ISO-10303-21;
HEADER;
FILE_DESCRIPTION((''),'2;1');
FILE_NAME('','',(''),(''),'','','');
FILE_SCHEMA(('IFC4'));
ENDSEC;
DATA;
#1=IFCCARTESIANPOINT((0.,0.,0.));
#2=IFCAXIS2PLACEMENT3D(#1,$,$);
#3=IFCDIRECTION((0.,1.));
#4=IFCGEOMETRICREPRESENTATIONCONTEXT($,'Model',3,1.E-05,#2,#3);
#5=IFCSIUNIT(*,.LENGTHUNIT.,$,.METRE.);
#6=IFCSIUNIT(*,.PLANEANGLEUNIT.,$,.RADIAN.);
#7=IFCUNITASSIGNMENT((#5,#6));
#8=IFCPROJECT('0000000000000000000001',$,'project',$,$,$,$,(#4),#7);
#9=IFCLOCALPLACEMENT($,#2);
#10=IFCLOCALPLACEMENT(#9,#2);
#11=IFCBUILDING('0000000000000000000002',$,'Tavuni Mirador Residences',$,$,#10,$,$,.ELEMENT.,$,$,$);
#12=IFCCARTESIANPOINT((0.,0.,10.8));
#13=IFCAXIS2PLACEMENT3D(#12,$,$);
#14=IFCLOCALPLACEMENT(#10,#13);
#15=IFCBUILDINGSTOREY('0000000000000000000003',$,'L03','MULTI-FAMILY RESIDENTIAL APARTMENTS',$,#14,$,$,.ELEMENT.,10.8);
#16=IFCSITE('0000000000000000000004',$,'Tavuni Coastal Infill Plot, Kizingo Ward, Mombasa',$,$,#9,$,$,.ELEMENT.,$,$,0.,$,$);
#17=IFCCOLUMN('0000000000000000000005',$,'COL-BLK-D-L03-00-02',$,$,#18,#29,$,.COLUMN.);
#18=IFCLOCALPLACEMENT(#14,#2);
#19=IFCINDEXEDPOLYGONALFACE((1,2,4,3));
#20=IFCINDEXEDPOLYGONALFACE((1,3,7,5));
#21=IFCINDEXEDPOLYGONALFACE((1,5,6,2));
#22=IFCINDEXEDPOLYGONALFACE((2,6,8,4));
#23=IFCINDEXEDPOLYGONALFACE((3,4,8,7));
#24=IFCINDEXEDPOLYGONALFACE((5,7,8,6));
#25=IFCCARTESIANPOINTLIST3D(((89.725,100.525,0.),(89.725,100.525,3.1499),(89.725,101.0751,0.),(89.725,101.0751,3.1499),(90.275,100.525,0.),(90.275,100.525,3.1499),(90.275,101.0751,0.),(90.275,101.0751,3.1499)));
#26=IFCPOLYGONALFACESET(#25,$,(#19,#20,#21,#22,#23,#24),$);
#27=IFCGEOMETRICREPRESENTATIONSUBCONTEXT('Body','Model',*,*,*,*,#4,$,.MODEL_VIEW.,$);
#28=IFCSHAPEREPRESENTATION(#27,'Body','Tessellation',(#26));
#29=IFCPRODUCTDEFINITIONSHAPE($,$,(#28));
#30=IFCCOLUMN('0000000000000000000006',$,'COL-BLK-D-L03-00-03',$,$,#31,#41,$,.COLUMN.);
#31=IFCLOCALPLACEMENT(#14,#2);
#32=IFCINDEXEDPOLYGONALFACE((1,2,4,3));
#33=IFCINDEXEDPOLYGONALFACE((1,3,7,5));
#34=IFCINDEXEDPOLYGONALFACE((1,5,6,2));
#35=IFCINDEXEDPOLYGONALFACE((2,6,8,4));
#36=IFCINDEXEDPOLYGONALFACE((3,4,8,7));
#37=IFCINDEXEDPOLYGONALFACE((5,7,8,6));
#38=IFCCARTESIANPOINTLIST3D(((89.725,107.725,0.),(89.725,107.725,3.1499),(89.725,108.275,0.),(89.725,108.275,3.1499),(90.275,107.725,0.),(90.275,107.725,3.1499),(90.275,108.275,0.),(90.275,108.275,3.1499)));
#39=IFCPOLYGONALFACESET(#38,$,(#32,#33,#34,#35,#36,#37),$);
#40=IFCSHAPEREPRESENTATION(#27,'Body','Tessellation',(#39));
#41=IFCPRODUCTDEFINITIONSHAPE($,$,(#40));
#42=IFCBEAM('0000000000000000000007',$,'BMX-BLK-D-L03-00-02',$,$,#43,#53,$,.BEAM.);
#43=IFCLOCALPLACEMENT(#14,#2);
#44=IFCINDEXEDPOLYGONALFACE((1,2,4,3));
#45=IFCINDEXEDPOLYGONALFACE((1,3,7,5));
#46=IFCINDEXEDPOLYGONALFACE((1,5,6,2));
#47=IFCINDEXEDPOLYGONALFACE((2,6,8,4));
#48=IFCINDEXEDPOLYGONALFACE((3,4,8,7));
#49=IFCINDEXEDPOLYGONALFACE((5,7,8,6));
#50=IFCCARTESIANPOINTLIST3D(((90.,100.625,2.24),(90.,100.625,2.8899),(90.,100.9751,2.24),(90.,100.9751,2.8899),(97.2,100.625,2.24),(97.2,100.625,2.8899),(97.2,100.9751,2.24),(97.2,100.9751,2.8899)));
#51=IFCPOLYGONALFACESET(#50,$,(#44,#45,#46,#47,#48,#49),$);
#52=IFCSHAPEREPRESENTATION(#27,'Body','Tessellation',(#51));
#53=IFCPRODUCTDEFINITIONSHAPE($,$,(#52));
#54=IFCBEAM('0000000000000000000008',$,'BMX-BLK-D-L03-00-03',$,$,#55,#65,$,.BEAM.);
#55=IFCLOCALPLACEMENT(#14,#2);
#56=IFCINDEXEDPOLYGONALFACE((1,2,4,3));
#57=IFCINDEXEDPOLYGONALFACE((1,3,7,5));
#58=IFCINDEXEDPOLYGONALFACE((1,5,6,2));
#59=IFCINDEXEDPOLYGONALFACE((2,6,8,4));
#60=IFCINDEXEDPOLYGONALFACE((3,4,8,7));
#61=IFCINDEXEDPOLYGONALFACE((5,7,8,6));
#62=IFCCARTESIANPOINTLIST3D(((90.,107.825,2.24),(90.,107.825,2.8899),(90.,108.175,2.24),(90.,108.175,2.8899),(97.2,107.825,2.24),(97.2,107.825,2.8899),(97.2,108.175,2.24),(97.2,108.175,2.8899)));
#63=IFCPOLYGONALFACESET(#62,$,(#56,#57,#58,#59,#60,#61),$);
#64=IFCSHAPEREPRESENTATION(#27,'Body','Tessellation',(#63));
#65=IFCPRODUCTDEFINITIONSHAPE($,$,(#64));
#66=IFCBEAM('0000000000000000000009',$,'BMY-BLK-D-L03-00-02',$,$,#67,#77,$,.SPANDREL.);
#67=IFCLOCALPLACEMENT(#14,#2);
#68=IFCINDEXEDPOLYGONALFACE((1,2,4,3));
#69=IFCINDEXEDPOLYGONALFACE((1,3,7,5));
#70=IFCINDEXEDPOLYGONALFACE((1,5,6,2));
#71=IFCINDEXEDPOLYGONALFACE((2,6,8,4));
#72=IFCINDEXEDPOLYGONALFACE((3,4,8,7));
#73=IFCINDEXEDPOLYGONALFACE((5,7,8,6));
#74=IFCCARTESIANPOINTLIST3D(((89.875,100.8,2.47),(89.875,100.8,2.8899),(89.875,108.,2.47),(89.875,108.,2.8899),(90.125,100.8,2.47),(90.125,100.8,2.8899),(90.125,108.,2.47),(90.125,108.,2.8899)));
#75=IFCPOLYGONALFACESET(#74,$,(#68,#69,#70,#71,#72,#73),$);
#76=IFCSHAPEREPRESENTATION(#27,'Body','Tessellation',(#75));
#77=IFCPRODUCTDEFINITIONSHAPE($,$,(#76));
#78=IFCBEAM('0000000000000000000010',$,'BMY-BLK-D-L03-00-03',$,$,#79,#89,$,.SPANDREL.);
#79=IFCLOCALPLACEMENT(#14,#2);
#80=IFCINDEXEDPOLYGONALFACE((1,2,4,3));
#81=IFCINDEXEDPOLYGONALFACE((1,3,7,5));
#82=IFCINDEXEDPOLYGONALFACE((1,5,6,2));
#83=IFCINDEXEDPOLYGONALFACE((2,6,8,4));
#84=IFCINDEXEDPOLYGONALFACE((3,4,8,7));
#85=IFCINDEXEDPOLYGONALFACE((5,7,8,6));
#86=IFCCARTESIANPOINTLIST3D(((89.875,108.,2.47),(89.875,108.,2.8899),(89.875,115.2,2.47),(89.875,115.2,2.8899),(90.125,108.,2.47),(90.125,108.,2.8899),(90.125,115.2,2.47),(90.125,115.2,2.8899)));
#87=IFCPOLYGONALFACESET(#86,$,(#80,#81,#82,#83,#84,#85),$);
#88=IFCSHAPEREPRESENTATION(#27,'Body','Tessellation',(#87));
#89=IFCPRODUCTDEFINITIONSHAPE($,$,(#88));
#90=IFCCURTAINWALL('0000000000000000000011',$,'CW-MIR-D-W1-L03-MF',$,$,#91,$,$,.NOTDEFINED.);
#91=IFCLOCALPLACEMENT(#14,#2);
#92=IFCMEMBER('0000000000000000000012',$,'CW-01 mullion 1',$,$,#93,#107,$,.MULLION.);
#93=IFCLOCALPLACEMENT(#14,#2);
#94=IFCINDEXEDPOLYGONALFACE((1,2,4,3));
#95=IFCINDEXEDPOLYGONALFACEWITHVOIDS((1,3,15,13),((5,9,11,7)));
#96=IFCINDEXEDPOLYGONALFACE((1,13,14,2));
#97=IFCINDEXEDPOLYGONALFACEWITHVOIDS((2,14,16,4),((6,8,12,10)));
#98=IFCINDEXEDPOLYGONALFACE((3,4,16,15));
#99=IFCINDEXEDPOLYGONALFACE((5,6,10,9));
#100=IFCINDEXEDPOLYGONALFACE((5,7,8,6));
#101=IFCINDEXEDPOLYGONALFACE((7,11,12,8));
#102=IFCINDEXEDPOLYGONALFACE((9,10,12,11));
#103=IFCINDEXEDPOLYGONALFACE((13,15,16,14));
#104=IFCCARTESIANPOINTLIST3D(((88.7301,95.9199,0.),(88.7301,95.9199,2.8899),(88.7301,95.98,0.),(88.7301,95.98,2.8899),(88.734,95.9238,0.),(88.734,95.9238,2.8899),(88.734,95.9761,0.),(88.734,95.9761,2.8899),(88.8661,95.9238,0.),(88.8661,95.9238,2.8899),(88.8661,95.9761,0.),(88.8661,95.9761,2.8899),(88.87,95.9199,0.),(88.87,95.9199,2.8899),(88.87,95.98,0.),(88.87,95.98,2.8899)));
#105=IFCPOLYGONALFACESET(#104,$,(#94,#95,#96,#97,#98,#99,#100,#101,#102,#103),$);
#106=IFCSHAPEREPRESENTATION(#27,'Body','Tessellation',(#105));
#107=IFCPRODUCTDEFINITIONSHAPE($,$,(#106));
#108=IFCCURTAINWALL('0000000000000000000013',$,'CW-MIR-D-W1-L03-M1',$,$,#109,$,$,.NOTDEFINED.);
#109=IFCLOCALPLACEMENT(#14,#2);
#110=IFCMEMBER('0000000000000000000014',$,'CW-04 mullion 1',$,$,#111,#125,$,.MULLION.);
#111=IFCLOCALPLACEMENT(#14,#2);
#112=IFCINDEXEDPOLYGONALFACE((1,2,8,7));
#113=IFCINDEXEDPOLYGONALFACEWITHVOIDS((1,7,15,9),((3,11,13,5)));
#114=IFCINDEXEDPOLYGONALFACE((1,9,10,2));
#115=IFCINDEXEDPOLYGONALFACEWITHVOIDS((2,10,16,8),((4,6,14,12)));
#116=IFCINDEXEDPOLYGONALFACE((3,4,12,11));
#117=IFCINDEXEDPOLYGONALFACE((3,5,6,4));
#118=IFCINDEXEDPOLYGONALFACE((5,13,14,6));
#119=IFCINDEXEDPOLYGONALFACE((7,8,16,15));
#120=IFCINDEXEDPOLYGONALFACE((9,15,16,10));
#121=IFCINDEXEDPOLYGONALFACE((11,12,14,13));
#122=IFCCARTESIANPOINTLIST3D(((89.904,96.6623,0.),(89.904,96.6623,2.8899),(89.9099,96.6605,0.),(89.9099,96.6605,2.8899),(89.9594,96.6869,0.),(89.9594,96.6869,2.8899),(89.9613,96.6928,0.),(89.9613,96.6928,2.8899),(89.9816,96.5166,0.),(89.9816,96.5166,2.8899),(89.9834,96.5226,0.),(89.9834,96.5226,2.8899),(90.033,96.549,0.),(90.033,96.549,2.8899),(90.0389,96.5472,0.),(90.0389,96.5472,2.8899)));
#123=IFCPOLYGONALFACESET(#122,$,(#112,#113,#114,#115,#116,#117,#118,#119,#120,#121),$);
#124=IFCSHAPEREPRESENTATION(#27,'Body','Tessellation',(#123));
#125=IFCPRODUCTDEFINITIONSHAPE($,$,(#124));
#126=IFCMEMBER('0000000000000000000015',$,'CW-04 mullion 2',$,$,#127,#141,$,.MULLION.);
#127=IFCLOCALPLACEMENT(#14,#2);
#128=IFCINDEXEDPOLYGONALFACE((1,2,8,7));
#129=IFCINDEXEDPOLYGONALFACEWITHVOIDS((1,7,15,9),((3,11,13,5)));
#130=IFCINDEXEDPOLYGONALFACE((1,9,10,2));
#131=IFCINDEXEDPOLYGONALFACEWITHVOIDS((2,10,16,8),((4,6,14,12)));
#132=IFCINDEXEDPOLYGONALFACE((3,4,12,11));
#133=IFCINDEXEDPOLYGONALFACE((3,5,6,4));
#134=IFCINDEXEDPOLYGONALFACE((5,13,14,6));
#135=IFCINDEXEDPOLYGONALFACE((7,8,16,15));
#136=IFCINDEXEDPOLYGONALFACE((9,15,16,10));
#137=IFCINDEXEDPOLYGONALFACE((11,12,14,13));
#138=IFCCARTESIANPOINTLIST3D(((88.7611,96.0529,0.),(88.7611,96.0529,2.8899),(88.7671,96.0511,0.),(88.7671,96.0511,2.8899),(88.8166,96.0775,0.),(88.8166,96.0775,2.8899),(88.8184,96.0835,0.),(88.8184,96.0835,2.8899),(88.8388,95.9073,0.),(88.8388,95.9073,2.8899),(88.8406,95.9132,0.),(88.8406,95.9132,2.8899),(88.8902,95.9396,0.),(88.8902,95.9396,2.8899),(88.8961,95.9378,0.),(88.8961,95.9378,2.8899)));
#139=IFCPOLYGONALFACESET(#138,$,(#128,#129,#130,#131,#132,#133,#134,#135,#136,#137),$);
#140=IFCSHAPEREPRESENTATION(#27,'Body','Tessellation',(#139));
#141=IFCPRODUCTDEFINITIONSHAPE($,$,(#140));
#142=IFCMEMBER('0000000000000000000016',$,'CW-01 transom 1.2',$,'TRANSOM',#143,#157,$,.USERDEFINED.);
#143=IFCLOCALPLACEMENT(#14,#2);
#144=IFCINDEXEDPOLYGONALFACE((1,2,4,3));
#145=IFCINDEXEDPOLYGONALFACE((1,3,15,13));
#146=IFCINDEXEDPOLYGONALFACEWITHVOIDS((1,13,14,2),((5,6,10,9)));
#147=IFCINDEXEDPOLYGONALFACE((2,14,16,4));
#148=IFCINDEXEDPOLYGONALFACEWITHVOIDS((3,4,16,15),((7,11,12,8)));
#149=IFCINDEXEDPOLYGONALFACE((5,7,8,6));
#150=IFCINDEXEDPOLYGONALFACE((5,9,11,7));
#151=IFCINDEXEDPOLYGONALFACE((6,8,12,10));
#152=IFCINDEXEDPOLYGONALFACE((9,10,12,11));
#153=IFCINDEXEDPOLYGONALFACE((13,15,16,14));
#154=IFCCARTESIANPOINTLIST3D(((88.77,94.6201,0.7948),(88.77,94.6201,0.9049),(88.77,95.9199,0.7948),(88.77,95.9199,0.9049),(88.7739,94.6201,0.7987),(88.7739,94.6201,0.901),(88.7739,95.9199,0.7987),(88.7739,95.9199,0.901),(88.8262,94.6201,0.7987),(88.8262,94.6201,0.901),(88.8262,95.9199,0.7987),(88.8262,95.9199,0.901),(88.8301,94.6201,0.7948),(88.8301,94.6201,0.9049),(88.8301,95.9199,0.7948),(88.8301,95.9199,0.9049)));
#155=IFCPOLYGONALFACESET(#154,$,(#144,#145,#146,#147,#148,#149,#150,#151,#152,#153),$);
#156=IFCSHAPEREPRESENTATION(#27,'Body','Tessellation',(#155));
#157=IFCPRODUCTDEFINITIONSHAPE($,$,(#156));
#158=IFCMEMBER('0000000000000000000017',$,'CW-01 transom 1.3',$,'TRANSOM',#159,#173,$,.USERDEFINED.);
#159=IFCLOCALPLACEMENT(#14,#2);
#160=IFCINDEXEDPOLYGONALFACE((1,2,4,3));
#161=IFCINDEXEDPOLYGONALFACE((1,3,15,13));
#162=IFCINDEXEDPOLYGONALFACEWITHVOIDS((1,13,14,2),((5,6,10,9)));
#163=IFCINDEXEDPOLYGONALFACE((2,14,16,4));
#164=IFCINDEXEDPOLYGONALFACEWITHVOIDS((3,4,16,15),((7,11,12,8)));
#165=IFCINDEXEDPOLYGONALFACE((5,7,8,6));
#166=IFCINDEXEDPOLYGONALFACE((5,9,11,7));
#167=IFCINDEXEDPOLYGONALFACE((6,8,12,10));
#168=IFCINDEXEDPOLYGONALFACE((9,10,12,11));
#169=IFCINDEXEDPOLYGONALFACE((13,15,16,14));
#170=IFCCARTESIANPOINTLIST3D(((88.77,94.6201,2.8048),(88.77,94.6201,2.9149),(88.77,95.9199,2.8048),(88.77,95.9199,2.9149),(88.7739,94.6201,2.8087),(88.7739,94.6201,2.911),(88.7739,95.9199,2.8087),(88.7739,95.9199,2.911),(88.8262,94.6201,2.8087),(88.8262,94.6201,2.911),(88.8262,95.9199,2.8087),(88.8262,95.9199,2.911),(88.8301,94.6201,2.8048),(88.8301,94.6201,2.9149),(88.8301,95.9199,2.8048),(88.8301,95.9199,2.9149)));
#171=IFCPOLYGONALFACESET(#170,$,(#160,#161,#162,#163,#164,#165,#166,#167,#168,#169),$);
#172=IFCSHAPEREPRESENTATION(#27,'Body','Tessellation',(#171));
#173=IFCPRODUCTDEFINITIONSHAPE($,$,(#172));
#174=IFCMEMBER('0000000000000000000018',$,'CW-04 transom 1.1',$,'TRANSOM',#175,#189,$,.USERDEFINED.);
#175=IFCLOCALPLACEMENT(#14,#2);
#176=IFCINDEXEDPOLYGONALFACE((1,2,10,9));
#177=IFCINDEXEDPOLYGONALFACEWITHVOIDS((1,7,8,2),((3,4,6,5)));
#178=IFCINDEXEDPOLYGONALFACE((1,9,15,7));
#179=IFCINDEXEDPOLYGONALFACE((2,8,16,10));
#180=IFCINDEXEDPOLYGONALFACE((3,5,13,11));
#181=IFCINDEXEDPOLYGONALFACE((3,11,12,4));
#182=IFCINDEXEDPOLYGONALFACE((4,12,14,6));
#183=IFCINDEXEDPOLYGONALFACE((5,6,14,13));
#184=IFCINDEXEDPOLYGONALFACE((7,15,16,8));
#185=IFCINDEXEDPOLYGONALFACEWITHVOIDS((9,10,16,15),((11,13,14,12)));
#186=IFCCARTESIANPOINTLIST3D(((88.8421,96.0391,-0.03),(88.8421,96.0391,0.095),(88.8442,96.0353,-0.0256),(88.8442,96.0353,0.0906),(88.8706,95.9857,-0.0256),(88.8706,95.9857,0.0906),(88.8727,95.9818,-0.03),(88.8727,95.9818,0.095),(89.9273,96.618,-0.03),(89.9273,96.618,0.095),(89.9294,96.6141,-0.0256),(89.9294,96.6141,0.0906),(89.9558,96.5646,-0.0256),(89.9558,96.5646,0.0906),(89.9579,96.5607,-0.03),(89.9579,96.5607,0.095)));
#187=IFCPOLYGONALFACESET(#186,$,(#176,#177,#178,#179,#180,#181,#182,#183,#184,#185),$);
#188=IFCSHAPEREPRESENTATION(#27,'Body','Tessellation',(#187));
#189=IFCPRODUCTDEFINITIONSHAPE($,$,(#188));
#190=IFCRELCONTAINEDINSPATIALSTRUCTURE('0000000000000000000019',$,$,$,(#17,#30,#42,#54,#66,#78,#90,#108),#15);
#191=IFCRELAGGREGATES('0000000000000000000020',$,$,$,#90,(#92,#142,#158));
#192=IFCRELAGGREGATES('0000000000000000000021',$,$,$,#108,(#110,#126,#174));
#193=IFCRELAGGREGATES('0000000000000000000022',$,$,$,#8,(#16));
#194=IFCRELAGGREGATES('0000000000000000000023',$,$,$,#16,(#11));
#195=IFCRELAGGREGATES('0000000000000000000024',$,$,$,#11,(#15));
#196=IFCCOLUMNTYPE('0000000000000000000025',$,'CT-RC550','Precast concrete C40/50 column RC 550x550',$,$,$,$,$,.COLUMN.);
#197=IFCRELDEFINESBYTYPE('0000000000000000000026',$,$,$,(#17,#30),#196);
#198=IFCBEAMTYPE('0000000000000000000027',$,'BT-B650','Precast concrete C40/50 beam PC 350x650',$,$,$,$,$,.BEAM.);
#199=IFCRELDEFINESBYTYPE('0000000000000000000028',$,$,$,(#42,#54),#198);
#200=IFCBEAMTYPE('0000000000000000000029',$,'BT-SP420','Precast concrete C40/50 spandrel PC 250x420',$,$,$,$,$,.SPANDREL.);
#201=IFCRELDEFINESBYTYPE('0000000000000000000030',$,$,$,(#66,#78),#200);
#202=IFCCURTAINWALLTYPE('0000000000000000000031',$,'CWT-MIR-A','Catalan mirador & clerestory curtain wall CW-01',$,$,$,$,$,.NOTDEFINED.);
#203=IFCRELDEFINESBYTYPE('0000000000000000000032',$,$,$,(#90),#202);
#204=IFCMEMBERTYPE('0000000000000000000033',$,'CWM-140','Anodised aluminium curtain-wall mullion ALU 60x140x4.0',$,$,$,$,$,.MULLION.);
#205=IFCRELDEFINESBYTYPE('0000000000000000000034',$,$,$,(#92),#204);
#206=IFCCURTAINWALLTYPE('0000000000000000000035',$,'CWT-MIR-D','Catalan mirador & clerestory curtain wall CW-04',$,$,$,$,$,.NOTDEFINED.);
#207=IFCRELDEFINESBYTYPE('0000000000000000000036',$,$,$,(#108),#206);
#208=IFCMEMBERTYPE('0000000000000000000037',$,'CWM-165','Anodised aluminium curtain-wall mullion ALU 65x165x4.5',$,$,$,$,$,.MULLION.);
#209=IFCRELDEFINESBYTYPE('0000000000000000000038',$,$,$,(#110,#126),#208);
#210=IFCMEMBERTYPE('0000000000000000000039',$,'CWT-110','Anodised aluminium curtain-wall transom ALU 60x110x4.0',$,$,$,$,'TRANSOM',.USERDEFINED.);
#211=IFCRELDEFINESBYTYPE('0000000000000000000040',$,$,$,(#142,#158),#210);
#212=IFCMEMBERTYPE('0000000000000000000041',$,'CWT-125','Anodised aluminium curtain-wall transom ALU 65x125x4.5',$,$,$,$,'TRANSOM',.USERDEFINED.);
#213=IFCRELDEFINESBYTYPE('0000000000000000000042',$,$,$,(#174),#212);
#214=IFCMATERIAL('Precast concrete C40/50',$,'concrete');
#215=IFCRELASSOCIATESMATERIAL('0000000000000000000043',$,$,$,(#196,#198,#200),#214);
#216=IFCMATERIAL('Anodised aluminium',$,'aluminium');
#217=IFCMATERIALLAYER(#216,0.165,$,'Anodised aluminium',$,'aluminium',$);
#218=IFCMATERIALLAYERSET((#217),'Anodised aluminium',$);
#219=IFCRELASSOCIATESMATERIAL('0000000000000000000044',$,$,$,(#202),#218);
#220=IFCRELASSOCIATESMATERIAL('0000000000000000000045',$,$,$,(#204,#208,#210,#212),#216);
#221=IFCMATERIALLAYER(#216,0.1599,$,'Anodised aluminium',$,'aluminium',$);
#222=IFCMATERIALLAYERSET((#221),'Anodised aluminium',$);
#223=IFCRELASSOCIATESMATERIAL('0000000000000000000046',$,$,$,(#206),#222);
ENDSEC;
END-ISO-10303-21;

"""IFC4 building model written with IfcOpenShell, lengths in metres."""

from ifc_helpers import new_model, si_unit, direction, frame, origin, origin_2d, place, context, subcontext, project, spatial, rectangle, hollow_rectangle, extrude, material, layer, layer_set, material_profile, profile_set, type_object, element, aggregate, save


model = new_model("IFC4")

# Units and contexts
model_context = context("Model", 3, precision=1e-05, world=origin(), true_north=direction((0.0, 1.0)))
body_context = subcontext(model_context, "Body", "Model", "MODEL_VIEW")
ifc_project = project(units=[si_unit("LENGTHUNIT", "METRE"), si_unit("PLANEANGLEUNIT", "RADIAN")], contexts=[model_context])

# Site, building, storey
site_placement = place(None, origin())
site = spatial("IfcSite", under=ifc_project, at=site_placement, Name="Tavuni Coastal Infill Plot, Kizingo Ward, Mombasa", CompositionType="ELEMENT", RefElevation=0.0)
building_placement = place(site_placement, origin())
building = spatial("IfcBuilding", under=site, at=building_placement, Name="Tavuni Mirador Residences", CompositionType="ELEMENT")
storey_placement = place(building_placement, frame((0.0, 0.0, 10.8)))
storey = spatial("IfcBuildingStorey", under=building, at=storey_placement, Name="L03", Description="MULTI-FAMILY RESIDENTIAL APARTMENTS", CompositionType="ELEMENT", Elevation=10.8)

# Columns
ifc_material_1 = material(Name="Precast concrete C40/50", Category="concrete")
ifc_material_profile_1 = material_profile(ifc_material_1, rectangle(XDim=0.55, YDim=0.55, at=origin_2d()), Name="RC 550x550", Category="concrete")
ifc_profile_set_1 = profile_set([ifc_material_profile_1], Name="Precast concrete C40/50")
column_type = type_object("IfcColumnType", Name="CT-RC550", Description="Precast concrete C40/50 column RC 550x550", PredefinedType="COLUMN", material=ifc_profile_set_1)
for number, where, z_axis, x_axis, name in (
    (1, (90.0, 100.8, 0.0), (0.0, 0.0, 1.0), (1.0, 0.0, 0.0), "COL-BLK-D-L03-00-02"),
    (2, (90.0, 108.0, 0.0), (0.0, 0.0, 1.0), (1.0, 0.0, 0.0), "COL-BLK-D-L03-00-03"),
):
    element("IfcColumn", number, at=place(storey_placement, frame(where, z_axis=z_axis, x_axis=x_axis)), inside=storey, type_object=column_type, Name=name, PredefinedType="COLUMN", context=body_context, shape_type="SweptSolid", body=[
        extrude(rectangle(XDim=0.55, YDim=0.55, at=origin_2d()), origin(), (0.0, 0.0, 1.0), 3.1499),
    ])

# Beams
ifc_material_profile_2 = material_profile(ifc_material_1, rectangle(XDim=0.3501, YDim=0.6499, at=origin_2d()), Name="PC 350x650", Category="concrete")
ifc_profile_set_2 = profile_set([ifc_material_profile_2], Name="Precast concrete C40/50")
beam_type_1 = type_object("IfcBeamType", Name="BT-B650", Description="Precast concrete C40/50 beam PC 350x650", PredefinedType="BEAM", material=ifc_profile_set_2)
for number, where, z_axis, x_axis, name in (
    (3, (90.0, 100.8, 2.5649), (1.0, 0.0, 0.0), (0.0, 1.0, 0.0), "BMX-BLK-D-L03-00-02"),
    (4, (90.0, 108.0, 2.5649), (1.0, 0.0, 0.0), (0.0, 1.0, 0.0), "BMX-BLK-D-L03-00-03"),
):
    element("IfcBeam", number, at=place(storey_placement, frame(where, z_axis=z_axis, x_axis=x_axis)), inside=storey, type_object=beam_type_1, Name=name, PredefinedType="BEAM", context=body_context, shape_type="SweptSolid", body=[
        extrude(rectangle(XDim=0.3501, YDim=0.6499, at=origin_2d()), origin(), (0.0, 0.0, 1.0), 7.2),
    ])
ifc_material_profile_3 = material_profile(ifc_material_1, rectangle(XDim=0.25, YDim=0.4199, at=origin_2d()), Name="PC 250x420", Category="concrete")
ifc_profile_set_3 = profile_set([ifc_material_profile_3], Name="Precast concrete C40/50")
beam_type_2 = type_object("IfcBeamType", Name="BT-SP420", Description="Precast concrete C40/50 spandrel PC 250x420", PredefinedType="SPANDREL", material=ifc_profile_set_3)
for number, where, z_axis, x_axis, name in (
    (5, (90.0, 100.8, 2.6799), (0.0, 1.0, 0.0), (-1.0, 0.0, 0.0), "BMY-BLK-D-L03-00-02"),
    (6, (90.0, 108.0, 2.6799), (0.0, 1.0, 0.0), (-1.0, 0.0, 0.0), "BMY-BLK-D-L03-00-03"),
):
    element("IfcBeam", number, at=place(storey_placement, frame(where, z_axis=z_axis, x_axis=x_axis)), inside=storey, type_object=beam_type_2, Name=name, PredefinedType="SPANDREL", context=body_context, shape_type="SweptSolid", body=[
        extrude(rectangle(XDim=0.25, YDim=0.4199, at=origin_2d()), origin(), (0.0, 0.0, 1.0), 7.2),
    ])

# Curtain wall, member
ifc_material_2 = material(Name="Anodised aluminium", Category="aluminium")
ifc_layer_1 = layer(ifc_material_2, 0.165, Name="Anodised aluminium", Category="aluminium")
ifc_layer_set_1 = layer_set([ifc_layer_1], Name="Anodised aluminium")
curtain_wall_type_1 = type_object("IfcCurtainWallType", Name="CWT-MIR-A", Description="Catalan mirador & clerestory curtain wall CW-01", PredefinedType="NOTDEFINED", material=ifc_layer_set_1)
curtain_wall_1_placement = place(storey_placement, origin())
curtain_wall_1 = element("IfcCurtainWall", 7, at=curtain_wall_1_placement, inside=storey, type_object=curtain_wall_type_1, Name="CW-MIR-D-W1-L03-MF", PredefinedType="NOTDEFINED")
ifc_material_profile_4 = material_profile(ifc_material_2, hollow_rectangle(XDim=0.0601, YDim=0.1399, WallThickness=0.0039, at=origin_2d()), Name="ALU 60x140x4.0", Category="aluminium")
ifc_profile_set_4 = profile_set([ifc_material_profile_4], Name="Anodised aluminium")
member_type_1 = type_object("IfcMemberType", Name="CWM-140", Description="Anodised aluminium curtain-wall mullion ALU 60x140x4.0", PredefinedType="MULLION", material=ifc_profile_set_4)
member_1_placement = place(storey_placement, frame((88.8, 95.95, 0.0), z_axis=(0.0, 0.0, 1.0), x_axis=(0.0, -1.0, 0.0)))
member_1 = element("IfcMember", 8, at=member_1_placement, type_object=member_type_1, Name="CW-01 mullion 1", PredefinedType="MULLION", context=body_context, shape_type="SweptSolid", body=[
    extrude(hollow_rectangle(XDim=0.0601, YDim=0.1399, WallThickness=0.0039, at=origin_2d()), origin(), (0.0, 0.0, 1.0), 2.8899),
])

# Curtain wall, members
ifc_layer_2 = layer(ifc_material_2, 0.1599, Name="Anodised aluminium", Category="aluminium")
ifc_layer_set_2 = layer_set([ifc_layer_2], Name="Anodised aluminium")
curtain_wall_type_2 = type_object("IfcCurtainWallType", Name="CWT-MIR-D", Description="Catalan mirador & clerestory curtain wall CW-04", PredefinedType="NOTDEFINED", material=ifc_layer_set_2)
curtain_wall_2_placement = place(storey_placement, origin())
curtain_wall_2 = element("IfcCurtainWall", 9, at=curtain_wall_2_placement, inside=storey, type_object=curtain_wall_type_2, Name="CW-MIR-D-W1-L03-M1", PredefinedType="NOTDEFINED")
ifc_material_profile_5 = material_profile(ifc_material_2, hollow_rectangle(XDim=0.0649, YDim=0.165, WallThickness=0.0044, at=origin_2d()), Name="ALU 65x165x4.5", Category="aluminium")
ifc_profile_set_5 = profile_set([ifc_material_profile_5], Name="Anodised aluminium")
member_type_2 = type_object("IfcMemberType", Name="CWM-165", Description="Anodised aluminium curtain-wall mullion ALU 65x165x4.5", PredefinedType="MULLION", material=ifc_profile_set_5)
member_2_placement = place(storey_placement, frame((89.9714, 96.6047, 0.0), z_axis=(0.0, 0.0, 1.0), x_axis=(-0.882353, -0.470588, 0.0)))
member_2 = element("IfcMember", 10, at=member_2_placement, type_object=member_type_2, Name="CW-04 mullion 1", PredefinedType="MULLION", context=body_context, shape_type="SweptSolid", body=[
    extrude(hollow_rectangle(XDim=0.0649, YDim=0.165, WallThickness=0.0044, at=origin_2d()), origin(), (0.0, 0.0, 1.0), 2.8899),
])
member_3_placement = place(storey_placement, frame((88.8286, 95.9954, 0.0), z_axis=(0.0, 0.0, 1.0), x_axis=(-0.882353, -0.470588, 0.0)))
member_3 = element("IfcMember", 11, at=member_3_placement, type_object=member_type_2, Name="CW-04 mullion 2", PredefinedType="MULLION", context=body_context, shape_type="SweptSolid", body=[
    extrude(hollow_rectangle(XDim=0.0649, YDim=0.165, WallThickness=0.0044, at=origin_2d()), origin(), (0.0, 0.0, 1.0), 2.8899),
])

# Members
ifc_material_profile_6 = material_profile(ifc_material_2, hollow_rectangle(XDim=0.0601, YDim=0.1101, WallThickness=0.0039, at=origin_2d()), Name="ALU 60x110x4.0", Category="aluminium")
ifc_profile_set_6 = profile_set([ifc_material_profile_6], Name="Anodised aluminium")
member_type_3 = type_object("IfcMemberType", Name="CWT-110", Description="Anodised aluminium curtain-wall transom ALU 60x110x4.0", ElementType="TRANSOM", PredefinedType="USERDEFINED", material=ifc_profile_set_6)
member_4_placement = place(storey_placement, frame((88.8, 95.9199, 0.8499), z_axis=(0.0, -1.0, 0.0), x_axis=(1.0, 0.0, 0.0)))
member_4 = element("IfcMember", 12, at=member_4_placement, type_object=member_type_3, Name="CW-01 transom 1.2", ObjectType="TRANSOM", PredefinedType="USERDEFINED", context=body_context, shape_type="SweptSolid", body=[
    extrude(hollow_rectangle(XDim=0.0601, YDim=0.1101, WallThickness=0.0039, at=origin_2d()), origin(), (0.0, 0.0, 1.0), 1.2998),
])
member_5_placement = place(storey_placement, frame((88.8, 95.9199, 2.8599), z_axis=(0.0, -1.0, 0.0), x_axis=(1.0, 0.0, 0.0)))
member_5 = element("IfcMember", 13, at=member_5_placement, type_object=member_type_3, Name="CW-01 transom 1.3", ObjectType="TRANSOM", PredefinedType="USERDEFINED", context=body_context, shape_type="SweptSolid", body=[
    extrude(hollow_rectangle(XDim=0.0601, YDim=0.1101, WallThickness=0.0039, at=origin_2d()), origin(), (0.0, 0.0, 1.0), 1.2998),
])
aggregate(curtain_wall_1, [member_1, member_4, member_5])
ifc_material_profile_7 = material_profile(ifc_material_2, hollow_rectangle(XDim=0.0649, YDim=0.125, WallThickness=0.0044, at=origin_2d()), Name="ALU 65x125x4.5", Category="aluminium")
ifc_profile_set_7 = profile_set([ifc_material_profile_7], Name="Anodised aluminium")
member_type_4 = type_object("IfcMemberType", Name="CWT-125", Description="Anodised aluminium curtain-wall transom ALU 65x125x4.5", ElementType="TRANSOM", PredefinedType="USERDEFINED", material=ifc_profile_set_7)
member_6_placement = place(storey_placement, frame((89.9426, 96.5894, 0.0325), z_axis=(-0.882325, -0.47064, 0.0), x_axis=(0.47064, -0.882325, 0.0)))
member_6 = element("IfcMember", 14, at=member_6_placement, type_object=member_type_4, Name="CW-04 transom 1.1", ObjectType="TRANSOM", PredefinedType="USERDEFINED", context=body_context, shape_type="SweptSolid", body=[
    extrude(hollow_rectangle(XDim=0.0649, YDim=0.125, WallThickness=0.0044, at=origin_2d()), origin(), (0.0, 0.0, 1.0), 1.23),
])

aggregate(curtain_wall_2, [member_2, member_3, member_6])

save(model, "model.ifc")
